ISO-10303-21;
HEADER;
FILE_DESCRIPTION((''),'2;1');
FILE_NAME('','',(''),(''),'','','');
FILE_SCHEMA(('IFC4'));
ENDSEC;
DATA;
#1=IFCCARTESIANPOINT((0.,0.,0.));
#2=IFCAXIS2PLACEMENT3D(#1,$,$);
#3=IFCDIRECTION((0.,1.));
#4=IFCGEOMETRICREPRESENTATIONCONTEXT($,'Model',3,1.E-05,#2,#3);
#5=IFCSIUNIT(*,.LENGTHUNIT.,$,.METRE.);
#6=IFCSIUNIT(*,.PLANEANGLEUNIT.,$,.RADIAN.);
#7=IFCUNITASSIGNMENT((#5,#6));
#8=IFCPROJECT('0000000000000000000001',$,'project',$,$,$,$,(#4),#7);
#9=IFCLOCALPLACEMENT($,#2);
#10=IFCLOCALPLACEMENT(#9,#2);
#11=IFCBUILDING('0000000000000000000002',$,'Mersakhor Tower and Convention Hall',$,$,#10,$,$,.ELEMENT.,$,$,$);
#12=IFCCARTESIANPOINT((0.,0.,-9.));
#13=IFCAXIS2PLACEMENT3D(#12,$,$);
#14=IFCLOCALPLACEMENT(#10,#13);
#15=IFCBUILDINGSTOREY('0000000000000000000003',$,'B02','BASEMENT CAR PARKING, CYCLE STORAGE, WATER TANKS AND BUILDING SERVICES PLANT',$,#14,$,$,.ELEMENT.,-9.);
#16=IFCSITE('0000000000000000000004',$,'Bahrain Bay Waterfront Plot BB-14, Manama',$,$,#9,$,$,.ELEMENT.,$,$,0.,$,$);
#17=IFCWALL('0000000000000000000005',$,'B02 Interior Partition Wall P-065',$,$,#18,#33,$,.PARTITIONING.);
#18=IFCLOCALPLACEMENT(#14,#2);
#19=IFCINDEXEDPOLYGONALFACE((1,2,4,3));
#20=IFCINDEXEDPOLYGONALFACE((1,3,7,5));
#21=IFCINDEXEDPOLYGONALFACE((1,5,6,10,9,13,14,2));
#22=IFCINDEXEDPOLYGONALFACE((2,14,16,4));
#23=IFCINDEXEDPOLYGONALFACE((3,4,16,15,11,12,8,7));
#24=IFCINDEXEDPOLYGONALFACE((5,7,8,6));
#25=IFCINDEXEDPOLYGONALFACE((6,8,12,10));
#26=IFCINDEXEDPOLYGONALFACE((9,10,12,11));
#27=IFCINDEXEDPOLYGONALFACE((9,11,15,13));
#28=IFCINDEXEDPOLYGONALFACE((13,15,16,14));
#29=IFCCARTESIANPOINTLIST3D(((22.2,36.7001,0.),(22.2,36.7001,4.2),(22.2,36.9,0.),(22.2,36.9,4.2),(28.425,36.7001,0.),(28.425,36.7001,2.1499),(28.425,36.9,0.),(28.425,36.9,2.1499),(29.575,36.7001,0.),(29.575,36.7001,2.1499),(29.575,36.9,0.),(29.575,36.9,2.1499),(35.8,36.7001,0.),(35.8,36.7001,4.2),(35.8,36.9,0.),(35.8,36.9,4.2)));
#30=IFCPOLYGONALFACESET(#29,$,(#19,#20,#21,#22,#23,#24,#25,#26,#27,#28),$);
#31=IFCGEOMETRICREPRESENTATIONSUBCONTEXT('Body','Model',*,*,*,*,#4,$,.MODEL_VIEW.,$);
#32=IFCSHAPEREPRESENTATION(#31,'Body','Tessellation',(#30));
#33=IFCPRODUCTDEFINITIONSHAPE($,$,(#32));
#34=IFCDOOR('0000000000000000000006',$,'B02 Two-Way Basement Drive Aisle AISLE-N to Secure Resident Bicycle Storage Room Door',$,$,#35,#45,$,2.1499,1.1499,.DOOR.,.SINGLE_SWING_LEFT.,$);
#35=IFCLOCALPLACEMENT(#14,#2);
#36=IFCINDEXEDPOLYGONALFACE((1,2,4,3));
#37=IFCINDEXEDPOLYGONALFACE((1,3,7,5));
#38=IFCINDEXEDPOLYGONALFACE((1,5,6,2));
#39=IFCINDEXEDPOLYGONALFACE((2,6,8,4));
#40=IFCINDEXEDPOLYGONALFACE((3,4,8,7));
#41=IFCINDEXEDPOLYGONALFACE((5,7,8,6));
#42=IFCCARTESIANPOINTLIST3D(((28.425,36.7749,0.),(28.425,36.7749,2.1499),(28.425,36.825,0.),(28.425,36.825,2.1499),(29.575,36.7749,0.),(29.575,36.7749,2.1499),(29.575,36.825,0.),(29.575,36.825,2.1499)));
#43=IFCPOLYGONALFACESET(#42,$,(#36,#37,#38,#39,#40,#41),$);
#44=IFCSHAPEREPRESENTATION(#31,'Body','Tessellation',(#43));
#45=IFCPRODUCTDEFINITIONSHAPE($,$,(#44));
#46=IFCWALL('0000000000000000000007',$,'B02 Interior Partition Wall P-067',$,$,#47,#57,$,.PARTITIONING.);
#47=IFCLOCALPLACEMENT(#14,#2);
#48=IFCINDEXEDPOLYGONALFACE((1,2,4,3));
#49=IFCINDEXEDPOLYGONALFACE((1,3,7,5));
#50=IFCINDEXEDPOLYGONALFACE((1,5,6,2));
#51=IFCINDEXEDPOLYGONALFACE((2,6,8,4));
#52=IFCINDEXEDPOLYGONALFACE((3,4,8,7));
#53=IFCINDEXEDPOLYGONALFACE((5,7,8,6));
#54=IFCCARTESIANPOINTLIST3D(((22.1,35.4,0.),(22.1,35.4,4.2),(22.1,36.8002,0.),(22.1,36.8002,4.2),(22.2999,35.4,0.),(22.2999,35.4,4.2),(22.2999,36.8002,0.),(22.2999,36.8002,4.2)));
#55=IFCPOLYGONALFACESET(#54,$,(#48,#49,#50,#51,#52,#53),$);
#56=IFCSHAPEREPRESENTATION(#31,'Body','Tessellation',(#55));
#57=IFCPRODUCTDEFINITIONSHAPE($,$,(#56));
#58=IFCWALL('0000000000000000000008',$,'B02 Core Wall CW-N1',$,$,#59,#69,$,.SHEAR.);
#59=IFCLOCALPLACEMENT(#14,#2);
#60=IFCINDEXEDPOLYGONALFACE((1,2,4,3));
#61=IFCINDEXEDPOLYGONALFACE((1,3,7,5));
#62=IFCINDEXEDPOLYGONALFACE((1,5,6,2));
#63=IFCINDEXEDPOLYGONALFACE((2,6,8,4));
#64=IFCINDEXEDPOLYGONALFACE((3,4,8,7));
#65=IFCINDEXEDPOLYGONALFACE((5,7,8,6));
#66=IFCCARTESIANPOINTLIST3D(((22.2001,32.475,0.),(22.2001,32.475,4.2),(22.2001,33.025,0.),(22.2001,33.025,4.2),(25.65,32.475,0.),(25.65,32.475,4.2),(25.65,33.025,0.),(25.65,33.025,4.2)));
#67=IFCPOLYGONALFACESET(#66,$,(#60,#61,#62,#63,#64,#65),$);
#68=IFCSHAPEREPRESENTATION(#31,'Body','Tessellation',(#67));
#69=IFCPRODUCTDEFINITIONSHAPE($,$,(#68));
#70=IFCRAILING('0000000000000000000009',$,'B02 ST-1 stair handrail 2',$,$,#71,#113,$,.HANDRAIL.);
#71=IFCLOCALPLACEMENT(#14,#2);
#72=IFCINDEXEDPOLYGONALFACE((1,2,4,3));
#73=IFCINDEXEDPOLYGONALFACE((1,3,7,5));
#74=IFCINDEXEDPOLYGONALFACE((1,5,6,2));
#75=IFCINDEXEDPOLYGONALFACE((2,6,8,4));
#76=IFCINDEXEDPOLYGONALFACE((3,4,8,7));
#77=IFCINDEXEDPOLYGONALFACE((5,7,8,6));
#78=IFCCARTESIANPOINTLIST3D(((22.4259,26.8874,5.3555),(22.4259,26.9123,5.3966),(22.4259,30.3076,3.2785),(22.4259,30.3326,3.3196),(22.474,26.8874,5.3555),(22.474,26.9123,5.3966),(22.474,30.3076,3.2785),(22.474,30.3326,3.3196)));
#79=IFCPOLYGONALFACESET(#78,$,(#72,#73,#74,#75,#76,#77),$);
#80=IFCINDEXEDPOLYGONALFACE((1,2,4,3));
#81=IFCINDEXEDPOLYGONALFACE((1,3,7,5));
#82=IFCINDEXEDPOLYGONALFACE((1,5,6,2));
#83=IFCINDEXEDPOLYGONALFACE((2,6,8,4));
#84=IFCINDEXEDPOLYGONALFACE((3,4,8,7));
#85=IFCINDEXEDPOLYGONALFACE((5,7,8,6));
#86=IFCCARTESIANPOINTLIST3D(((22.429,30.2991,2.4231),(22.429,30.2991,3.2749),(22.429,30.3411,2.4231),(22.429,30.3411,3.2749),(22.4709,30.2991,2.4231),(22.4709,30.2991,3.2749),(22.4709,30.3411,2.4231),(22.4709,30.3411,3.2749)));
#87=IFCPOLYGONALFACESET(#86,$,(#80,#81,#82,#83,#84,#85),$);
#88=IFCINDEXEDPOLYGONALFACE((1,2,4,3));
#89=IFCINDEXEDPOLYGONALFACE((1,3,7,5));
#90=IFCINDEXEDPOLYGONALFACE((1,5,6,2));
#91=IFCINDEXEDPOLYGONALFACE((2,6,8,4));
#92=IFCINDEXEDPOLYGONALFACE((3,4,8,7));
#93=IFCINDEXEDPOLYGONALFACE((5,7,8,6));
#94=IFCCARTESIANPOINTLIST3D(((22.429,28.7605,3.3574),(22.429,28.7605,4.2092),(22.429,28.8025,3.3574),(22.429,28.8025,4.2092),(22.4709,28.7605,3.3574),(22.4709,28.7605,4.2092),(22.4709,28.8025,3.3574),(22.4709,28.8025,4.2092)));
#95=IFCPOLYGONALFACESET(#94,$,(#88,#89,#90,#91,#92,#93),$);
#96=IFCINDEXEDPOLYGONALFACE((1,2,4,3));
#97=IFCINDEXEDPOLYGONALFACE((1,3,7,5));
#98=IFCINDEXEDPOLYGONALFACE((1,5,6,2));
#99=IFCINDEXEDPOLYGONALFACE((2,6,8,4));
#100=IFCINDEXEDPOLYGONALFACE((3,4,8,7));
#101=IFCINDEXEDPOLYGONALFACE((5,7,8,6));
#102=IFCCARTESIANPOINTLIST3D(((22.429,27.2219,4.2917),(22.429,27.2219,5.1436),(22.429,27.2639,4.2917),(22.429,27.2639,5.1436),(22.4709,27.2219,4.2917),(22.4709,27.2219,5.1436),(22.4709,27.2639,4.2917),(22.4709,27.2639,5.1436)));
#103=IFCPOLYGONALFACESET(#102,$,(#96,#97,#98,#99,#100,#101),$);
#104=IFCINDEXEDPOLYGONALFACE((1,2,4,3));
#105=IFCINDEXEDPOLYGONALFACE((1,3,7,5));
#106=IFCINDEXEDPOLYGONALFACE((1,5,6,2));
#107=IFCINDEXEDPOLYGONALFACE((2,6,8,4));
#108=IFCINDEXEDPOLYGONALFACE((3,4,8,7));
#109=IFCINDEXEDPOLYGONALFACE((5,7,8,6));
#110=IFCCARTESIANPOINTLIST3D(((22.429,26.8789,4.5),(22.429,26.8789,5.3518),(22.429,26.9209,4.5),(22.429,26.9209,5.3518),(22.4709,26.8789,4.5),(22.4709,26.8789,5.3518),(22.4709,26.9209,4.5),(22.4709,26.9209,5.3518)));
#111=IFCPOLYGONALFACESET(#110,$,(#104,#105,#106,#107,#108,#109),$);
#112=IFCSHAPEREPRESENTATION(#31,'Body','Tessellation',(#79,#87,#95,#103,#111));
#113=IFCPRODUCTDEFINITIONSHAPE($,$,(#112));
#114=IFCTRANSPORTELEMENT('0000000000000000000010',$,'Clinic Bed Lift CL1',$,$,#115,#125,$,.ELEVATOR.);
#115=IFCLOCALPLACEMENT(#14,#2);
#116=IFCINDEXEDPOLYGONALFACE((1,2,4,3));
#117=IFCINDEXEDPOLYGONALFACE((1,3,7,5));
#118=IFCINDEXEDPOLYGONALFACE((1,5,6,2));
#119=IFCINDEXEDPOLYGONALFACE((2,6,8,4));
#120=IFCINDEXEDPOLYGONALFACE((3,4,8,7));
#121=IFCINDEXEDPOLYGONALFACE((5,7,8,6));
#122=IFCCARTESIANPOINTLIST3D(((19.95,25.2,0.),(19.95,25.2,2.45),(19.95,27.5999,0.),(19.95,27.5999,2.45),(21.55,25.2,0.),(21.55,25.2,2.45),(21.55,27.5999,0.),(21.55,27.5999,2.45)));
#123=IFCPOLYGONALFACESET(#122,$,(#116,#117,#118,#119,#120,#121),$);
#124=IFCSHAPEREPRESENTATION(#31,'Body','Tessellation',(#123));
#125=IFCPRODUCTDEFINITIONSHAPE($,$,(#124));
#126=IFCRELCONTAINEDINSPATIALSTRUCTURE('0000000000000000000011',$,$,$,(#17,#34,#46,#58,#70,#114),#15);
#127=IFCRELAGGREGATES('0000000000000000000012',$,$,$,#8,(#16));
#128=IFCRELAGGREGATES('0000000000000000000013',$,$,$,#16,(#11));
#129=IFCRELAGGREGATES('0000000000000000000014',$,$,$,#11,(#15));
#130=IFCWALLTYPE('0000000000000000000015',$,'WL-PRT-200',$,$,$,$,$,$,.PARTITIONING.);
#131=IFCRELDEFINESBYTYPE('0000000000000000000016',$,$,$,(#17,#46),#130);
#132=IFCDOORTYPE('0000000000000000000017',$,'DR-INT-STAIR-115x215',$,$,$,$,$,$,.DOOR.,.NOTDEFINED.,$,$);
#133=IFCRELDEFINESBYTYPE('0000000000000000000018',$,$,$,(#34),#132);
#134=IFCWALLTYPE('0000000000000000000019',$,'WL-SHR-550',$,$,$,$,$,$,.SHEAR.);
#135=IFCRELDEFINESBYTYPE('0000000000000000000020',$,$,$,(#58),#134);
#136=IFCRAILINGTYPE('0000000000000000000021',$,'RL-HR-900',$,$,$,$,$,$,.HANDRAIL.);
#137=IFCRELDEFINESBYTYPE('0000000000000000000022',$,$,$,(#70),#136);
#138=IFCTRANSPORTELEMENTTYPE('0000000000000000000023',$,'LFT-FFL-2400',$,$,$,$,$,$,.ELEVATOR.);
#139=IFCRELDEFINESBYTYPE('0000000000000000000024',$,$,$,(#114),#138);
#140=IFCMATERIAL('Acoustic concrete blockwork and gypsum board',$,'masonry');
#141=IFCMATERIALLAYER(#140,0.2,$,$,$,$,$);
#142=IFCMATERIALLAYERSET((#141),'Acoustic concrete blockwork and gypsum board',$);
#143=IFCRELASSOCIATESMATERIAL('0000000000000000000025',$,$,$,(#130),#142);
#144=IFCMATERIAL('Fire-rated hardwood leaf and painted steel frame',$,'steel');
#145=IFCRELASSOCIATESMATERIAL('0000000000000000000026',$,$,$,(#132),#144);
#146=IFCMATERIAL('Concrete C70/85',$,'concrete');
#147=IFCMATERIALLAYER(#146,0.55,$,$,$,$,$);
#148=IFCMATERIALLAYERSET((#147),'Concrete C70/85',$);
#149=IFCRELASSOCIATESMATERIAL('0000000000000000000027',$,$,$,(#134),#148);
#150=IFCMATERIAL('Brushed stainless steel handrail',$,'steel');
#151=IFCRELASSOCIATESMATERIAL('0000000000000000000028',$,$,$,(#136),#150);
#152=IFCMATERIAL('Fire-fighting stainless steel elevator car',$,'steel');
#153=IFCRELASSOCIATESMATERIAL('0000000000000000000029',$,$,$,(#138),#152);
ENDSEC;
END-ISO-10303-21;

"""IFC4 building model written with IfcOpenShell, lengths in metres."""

from ifc_helpers import new_model, si_unit, direction, frame, frame_2d, origin, origin_2d, place, context, subcontext, project, spatial, rectangle, extrude, material, layer, layer_set, type_object, element, fill, save


model = new_model("IFC4")

# Units and contexts
model_context = context("Model", 3, precision=1e-05, world=origin(), true_north=direction((0.0, 1.0)))
body_context = subcontext(model_context, "Body", "Model", "MODEL_VIEW")
ifc_project = project(units=[si_unit("LENGTHUNIT", "METRE"), si_unit("PLANEANGLEUNIT", "RADIAN")], contexts=[model_context])

# Site, building, storey
site_placement = place(None, origin())
site = spatial("IfcSite", under=ifc_project, at=site_placement, Name="Bahrain Bay Waterfront Plot BB-14, Manama", CompositionType="ELEMENT", RefElevation=0.0)
building_placement = place(site_placement, origin())
building = spatial("IfcBuilding", under=site, at=building_placement, Name="Mersakhor Tower and Convention Hall", CompositionType="ELEMENT")
storey_placement = place(building_placement, frame((0.0, 0.0, -9.0)))
storey = spatial("IfcBuildingStorey", under=building, at=storey_placement, Name="B02", Description="BASEMENT CAR PARKING, CYCLE STORAGE, WATER TANKS AND BUILDING SERVICES PLANT", CompositionType="ELEMENT", Elevation=-9.0)

# Shared definitions
ifc_material_1 = material(Name="Acoustic concrete blockwork and gypsum board", Category="masonry")
ifc_layer_1 = layer(ifc_material_1, 0.2)
ifc_layer_set_1 = layer_set([ifc_layer_1], Name="Acoustic concrete blockwork and gypsum board")
wall_type_1 = type_object("IfcWallType", Name="WL-PRT-200", PredefinedType="PARTITIONING", material=ifc_layer_set_1)

# Wall, opening, door
wall_1_placement = place(storey_placement, frame((22.2, 36.8, 0.0), z_axis=(0.0, 0.0, 1.0), x_axis=(1.0, 0.0, 0.0)))
wall_1 = element("IfcWall", 1, at=wall_1_placement, inside=storey, type_object=wall_type_1, Name="B02 Interior Partition Wall P-065", PredefinedType="PARTITIONING", context=body_context, shape_type="SweptSolid", body=[
    extrude(rectangle(XDim=13.6001, YDim=0.2, at=frame_2d((6.8, 0.0))), origin(), (0.0, 0.0, 1.0), 4.2),
])
opening_1_placement = place(wall_1_placement, frame((6.2251, 0.0, 0.0)))
opening_1 = element("IfcOpeningElement", 2, at=opening_1_placement, cuts=wall_1, PredefinedType="OPENING", context=body_context, shape_type="SweptSolid", body=[
    extrude(rectangle(XDim=1.1499, YDim=2.1499, at=frame_2d((0.575, 1.075))), frame((0.0, 0.1099, 0.0), z_axis=(0.0, -1.0, 0.0), x_axis=(1.0, 0.0, 0.0)), (0.0, 0.0, 1.0), 0.22),
])
ifc_material_2 = material(Name="Fire-rated hardwood leaf and painted steel frame", Category="steel")
door_type_1 = type_object("IfcDoorType", Name="DR-INT-STAIR-115x215", OperationType="NOTDEFINED", PredefinedType="DOOR", material=ifc_material_2)
door_1_placement = place(opening_1_placement, origin())
door_1 = element("IfcDoor", 3, at=door_1_placement, inside=storey, type_object=door_type_1, Name="B02 Two-Way Basement Drive Aisle AISLE-N to Secure Resident Bicycle Storage Room Door", OperationType="SINGLE_SWING_LEFT", OverallHeight=2.1499, OverallWidth=1.1499, PredefinedType="DOOR", context=body_context, shape_type="SweptSolid", body=[
    extrude(rectangle(XDim=1.1499, YDim=2.1499, at=frame_2d((0.575, 1.075))), frame((0.0, 0.0249, 0.0), z_axis=(0.0, -1.0, 0.0), x_axis=(1.0, 0.0, 0.0)), (0.0, 0.0, 1.0), 0.05),
])
fill(opening_1, door_1)

# Walls
wall_2_placement = place(storey_placement, frame((22.2, 35.3999, 0.0), z_axis=(0.0, 0.0, 1.0), x_axis=(0.0, 1.0, 0.0)))
element("IfcWall", 4, at=wall_2_placement, inside=storey, type_object=wall_type_1, Name="B02 Interior Partition Wall P-067", PredefinedType="PARTITIONING", context=body_context, shape_type="SweptSolid", body=[
    extrude(rectangle(XDim=1.4001, YDim=0.2, at=frame_2d((0.7002, 0.0))), origin(), (0.0, 0.0, 1.0), 4.2),
])
ifc_material_3 = material(Name="Concrete C70/85", Category="concrete")
ifc_layer_2 = layer(ifc_material_3, 0.55)
ifc_layer_set_2 = layer_set([ifc_layer_2], Name="Concrete C70/85")
wall_type_2 = type_object("IfcWallType", Name="WL-SHR-550", PredefinedType="SHEAR", material=ifc_layer_set_2)
wall_3_placement = place(storey_placement, frame((22.2, 32.75, 0.0), z_axis=(0.0, 0.0, 1.0), x_axis=(1.0, 0.0, 0.0)))
element("IfcWall", 5, at=wall_3_placement, inside=storey, type_object=wall_type_2, Name="B02 Core Wall CW-N1", PredefinedType="SHEAR", context=body_context, shape_type="SweptSolid", body=[
    extrude(rectangle(XDim=3.45, YDim=0.55, at=frame_2d((1.7251, 0.0))), origin(), (0.0, 0.0, 1.0), 4.2),
])

# Railing
ifc_material_4 = material(Name="Brushed stainless steel handrail", Category="steel")
railing_type = type_object("IfcRailingType", Name="RL-HR-900", PredefinedType="HANDRAIL", material=ifc_material_4)
railing_placement = place(storey_placement, frame((22.45, 30.3201, 2.4231)))
element("IfcRailing", 6, at=railing_placement, inside=storey, type_object=railing_type, Name="B02 ST-1 stair handrail 2", PredefinedType="HANDRAIL", context=body_context, shape_type="SweptSolid", body=[
    extrude(rectangle(XDim=0.0481, YDim=0.0481, at=origin_2d()), frame((0.0, 0.0, 0.876), z_axis=(0.0, -0.854746, 0.519047), x_axis=(1.0, 0.0, 0.0)), (0.0, 0.0, 1.0), 4.0015),
    extrude(rectangle(XDim=0.042, YDim=0.042, at=origin_2d()), origin(), (0.0, 0.0, 1.0), 0.8518),
    extrude(rectangle(XDim=0.042, YDim=0.042, at=origin_2d()), frame((0.0, -1.5386, 0.9343)), (0.0, 0.0, 1.0), 0.8518),
    extrude(rectangle(XDim=0.042, YDim=0.042, at=origin_2d()), frame((0.0, -3.0771, 1.8687)), (0.0, 0.0, 1.0), 0.8518),
    extrude(rectangle(XDim=0.042, YDim=0.042, at=origin_2d()), frame((0.0, -3.4202, 2.0769)), (0.0, 0.0, 1.0), 0.8518),
])

# Transport element
ifc_material_5 = material(Name="Fire-fighting stainless steel elevator car", Category="steel")
transport_element_type = type_object("IfcTransportElementType", Name="LFT-FFL-2400", PredefinedType="ELEVATOR", material=ifc_material_5)
transport_element_placement = place(storey_placement, frame((20.75, 26.3999, 0.0), z_axis=(0.0, 0.0, 1.0), x_axis=(0.0, 1.0, 0.0)))
element("IfcTransportElement", 7, at=transport_element_placement, inside=storey, type_object=transport_element_type, Name="Clinic Bed Lift CL1", PredefinedType="ELEVATOR", context=body_context, shape_type="SweptSolid", body=[
    extrude(rectangle(XDim=2.3999, YDim=1.6001, at=origin_2d()), origin(), (0.0, 0.0, 1.0), 2.45),
])

save(model, "model.ifc")
